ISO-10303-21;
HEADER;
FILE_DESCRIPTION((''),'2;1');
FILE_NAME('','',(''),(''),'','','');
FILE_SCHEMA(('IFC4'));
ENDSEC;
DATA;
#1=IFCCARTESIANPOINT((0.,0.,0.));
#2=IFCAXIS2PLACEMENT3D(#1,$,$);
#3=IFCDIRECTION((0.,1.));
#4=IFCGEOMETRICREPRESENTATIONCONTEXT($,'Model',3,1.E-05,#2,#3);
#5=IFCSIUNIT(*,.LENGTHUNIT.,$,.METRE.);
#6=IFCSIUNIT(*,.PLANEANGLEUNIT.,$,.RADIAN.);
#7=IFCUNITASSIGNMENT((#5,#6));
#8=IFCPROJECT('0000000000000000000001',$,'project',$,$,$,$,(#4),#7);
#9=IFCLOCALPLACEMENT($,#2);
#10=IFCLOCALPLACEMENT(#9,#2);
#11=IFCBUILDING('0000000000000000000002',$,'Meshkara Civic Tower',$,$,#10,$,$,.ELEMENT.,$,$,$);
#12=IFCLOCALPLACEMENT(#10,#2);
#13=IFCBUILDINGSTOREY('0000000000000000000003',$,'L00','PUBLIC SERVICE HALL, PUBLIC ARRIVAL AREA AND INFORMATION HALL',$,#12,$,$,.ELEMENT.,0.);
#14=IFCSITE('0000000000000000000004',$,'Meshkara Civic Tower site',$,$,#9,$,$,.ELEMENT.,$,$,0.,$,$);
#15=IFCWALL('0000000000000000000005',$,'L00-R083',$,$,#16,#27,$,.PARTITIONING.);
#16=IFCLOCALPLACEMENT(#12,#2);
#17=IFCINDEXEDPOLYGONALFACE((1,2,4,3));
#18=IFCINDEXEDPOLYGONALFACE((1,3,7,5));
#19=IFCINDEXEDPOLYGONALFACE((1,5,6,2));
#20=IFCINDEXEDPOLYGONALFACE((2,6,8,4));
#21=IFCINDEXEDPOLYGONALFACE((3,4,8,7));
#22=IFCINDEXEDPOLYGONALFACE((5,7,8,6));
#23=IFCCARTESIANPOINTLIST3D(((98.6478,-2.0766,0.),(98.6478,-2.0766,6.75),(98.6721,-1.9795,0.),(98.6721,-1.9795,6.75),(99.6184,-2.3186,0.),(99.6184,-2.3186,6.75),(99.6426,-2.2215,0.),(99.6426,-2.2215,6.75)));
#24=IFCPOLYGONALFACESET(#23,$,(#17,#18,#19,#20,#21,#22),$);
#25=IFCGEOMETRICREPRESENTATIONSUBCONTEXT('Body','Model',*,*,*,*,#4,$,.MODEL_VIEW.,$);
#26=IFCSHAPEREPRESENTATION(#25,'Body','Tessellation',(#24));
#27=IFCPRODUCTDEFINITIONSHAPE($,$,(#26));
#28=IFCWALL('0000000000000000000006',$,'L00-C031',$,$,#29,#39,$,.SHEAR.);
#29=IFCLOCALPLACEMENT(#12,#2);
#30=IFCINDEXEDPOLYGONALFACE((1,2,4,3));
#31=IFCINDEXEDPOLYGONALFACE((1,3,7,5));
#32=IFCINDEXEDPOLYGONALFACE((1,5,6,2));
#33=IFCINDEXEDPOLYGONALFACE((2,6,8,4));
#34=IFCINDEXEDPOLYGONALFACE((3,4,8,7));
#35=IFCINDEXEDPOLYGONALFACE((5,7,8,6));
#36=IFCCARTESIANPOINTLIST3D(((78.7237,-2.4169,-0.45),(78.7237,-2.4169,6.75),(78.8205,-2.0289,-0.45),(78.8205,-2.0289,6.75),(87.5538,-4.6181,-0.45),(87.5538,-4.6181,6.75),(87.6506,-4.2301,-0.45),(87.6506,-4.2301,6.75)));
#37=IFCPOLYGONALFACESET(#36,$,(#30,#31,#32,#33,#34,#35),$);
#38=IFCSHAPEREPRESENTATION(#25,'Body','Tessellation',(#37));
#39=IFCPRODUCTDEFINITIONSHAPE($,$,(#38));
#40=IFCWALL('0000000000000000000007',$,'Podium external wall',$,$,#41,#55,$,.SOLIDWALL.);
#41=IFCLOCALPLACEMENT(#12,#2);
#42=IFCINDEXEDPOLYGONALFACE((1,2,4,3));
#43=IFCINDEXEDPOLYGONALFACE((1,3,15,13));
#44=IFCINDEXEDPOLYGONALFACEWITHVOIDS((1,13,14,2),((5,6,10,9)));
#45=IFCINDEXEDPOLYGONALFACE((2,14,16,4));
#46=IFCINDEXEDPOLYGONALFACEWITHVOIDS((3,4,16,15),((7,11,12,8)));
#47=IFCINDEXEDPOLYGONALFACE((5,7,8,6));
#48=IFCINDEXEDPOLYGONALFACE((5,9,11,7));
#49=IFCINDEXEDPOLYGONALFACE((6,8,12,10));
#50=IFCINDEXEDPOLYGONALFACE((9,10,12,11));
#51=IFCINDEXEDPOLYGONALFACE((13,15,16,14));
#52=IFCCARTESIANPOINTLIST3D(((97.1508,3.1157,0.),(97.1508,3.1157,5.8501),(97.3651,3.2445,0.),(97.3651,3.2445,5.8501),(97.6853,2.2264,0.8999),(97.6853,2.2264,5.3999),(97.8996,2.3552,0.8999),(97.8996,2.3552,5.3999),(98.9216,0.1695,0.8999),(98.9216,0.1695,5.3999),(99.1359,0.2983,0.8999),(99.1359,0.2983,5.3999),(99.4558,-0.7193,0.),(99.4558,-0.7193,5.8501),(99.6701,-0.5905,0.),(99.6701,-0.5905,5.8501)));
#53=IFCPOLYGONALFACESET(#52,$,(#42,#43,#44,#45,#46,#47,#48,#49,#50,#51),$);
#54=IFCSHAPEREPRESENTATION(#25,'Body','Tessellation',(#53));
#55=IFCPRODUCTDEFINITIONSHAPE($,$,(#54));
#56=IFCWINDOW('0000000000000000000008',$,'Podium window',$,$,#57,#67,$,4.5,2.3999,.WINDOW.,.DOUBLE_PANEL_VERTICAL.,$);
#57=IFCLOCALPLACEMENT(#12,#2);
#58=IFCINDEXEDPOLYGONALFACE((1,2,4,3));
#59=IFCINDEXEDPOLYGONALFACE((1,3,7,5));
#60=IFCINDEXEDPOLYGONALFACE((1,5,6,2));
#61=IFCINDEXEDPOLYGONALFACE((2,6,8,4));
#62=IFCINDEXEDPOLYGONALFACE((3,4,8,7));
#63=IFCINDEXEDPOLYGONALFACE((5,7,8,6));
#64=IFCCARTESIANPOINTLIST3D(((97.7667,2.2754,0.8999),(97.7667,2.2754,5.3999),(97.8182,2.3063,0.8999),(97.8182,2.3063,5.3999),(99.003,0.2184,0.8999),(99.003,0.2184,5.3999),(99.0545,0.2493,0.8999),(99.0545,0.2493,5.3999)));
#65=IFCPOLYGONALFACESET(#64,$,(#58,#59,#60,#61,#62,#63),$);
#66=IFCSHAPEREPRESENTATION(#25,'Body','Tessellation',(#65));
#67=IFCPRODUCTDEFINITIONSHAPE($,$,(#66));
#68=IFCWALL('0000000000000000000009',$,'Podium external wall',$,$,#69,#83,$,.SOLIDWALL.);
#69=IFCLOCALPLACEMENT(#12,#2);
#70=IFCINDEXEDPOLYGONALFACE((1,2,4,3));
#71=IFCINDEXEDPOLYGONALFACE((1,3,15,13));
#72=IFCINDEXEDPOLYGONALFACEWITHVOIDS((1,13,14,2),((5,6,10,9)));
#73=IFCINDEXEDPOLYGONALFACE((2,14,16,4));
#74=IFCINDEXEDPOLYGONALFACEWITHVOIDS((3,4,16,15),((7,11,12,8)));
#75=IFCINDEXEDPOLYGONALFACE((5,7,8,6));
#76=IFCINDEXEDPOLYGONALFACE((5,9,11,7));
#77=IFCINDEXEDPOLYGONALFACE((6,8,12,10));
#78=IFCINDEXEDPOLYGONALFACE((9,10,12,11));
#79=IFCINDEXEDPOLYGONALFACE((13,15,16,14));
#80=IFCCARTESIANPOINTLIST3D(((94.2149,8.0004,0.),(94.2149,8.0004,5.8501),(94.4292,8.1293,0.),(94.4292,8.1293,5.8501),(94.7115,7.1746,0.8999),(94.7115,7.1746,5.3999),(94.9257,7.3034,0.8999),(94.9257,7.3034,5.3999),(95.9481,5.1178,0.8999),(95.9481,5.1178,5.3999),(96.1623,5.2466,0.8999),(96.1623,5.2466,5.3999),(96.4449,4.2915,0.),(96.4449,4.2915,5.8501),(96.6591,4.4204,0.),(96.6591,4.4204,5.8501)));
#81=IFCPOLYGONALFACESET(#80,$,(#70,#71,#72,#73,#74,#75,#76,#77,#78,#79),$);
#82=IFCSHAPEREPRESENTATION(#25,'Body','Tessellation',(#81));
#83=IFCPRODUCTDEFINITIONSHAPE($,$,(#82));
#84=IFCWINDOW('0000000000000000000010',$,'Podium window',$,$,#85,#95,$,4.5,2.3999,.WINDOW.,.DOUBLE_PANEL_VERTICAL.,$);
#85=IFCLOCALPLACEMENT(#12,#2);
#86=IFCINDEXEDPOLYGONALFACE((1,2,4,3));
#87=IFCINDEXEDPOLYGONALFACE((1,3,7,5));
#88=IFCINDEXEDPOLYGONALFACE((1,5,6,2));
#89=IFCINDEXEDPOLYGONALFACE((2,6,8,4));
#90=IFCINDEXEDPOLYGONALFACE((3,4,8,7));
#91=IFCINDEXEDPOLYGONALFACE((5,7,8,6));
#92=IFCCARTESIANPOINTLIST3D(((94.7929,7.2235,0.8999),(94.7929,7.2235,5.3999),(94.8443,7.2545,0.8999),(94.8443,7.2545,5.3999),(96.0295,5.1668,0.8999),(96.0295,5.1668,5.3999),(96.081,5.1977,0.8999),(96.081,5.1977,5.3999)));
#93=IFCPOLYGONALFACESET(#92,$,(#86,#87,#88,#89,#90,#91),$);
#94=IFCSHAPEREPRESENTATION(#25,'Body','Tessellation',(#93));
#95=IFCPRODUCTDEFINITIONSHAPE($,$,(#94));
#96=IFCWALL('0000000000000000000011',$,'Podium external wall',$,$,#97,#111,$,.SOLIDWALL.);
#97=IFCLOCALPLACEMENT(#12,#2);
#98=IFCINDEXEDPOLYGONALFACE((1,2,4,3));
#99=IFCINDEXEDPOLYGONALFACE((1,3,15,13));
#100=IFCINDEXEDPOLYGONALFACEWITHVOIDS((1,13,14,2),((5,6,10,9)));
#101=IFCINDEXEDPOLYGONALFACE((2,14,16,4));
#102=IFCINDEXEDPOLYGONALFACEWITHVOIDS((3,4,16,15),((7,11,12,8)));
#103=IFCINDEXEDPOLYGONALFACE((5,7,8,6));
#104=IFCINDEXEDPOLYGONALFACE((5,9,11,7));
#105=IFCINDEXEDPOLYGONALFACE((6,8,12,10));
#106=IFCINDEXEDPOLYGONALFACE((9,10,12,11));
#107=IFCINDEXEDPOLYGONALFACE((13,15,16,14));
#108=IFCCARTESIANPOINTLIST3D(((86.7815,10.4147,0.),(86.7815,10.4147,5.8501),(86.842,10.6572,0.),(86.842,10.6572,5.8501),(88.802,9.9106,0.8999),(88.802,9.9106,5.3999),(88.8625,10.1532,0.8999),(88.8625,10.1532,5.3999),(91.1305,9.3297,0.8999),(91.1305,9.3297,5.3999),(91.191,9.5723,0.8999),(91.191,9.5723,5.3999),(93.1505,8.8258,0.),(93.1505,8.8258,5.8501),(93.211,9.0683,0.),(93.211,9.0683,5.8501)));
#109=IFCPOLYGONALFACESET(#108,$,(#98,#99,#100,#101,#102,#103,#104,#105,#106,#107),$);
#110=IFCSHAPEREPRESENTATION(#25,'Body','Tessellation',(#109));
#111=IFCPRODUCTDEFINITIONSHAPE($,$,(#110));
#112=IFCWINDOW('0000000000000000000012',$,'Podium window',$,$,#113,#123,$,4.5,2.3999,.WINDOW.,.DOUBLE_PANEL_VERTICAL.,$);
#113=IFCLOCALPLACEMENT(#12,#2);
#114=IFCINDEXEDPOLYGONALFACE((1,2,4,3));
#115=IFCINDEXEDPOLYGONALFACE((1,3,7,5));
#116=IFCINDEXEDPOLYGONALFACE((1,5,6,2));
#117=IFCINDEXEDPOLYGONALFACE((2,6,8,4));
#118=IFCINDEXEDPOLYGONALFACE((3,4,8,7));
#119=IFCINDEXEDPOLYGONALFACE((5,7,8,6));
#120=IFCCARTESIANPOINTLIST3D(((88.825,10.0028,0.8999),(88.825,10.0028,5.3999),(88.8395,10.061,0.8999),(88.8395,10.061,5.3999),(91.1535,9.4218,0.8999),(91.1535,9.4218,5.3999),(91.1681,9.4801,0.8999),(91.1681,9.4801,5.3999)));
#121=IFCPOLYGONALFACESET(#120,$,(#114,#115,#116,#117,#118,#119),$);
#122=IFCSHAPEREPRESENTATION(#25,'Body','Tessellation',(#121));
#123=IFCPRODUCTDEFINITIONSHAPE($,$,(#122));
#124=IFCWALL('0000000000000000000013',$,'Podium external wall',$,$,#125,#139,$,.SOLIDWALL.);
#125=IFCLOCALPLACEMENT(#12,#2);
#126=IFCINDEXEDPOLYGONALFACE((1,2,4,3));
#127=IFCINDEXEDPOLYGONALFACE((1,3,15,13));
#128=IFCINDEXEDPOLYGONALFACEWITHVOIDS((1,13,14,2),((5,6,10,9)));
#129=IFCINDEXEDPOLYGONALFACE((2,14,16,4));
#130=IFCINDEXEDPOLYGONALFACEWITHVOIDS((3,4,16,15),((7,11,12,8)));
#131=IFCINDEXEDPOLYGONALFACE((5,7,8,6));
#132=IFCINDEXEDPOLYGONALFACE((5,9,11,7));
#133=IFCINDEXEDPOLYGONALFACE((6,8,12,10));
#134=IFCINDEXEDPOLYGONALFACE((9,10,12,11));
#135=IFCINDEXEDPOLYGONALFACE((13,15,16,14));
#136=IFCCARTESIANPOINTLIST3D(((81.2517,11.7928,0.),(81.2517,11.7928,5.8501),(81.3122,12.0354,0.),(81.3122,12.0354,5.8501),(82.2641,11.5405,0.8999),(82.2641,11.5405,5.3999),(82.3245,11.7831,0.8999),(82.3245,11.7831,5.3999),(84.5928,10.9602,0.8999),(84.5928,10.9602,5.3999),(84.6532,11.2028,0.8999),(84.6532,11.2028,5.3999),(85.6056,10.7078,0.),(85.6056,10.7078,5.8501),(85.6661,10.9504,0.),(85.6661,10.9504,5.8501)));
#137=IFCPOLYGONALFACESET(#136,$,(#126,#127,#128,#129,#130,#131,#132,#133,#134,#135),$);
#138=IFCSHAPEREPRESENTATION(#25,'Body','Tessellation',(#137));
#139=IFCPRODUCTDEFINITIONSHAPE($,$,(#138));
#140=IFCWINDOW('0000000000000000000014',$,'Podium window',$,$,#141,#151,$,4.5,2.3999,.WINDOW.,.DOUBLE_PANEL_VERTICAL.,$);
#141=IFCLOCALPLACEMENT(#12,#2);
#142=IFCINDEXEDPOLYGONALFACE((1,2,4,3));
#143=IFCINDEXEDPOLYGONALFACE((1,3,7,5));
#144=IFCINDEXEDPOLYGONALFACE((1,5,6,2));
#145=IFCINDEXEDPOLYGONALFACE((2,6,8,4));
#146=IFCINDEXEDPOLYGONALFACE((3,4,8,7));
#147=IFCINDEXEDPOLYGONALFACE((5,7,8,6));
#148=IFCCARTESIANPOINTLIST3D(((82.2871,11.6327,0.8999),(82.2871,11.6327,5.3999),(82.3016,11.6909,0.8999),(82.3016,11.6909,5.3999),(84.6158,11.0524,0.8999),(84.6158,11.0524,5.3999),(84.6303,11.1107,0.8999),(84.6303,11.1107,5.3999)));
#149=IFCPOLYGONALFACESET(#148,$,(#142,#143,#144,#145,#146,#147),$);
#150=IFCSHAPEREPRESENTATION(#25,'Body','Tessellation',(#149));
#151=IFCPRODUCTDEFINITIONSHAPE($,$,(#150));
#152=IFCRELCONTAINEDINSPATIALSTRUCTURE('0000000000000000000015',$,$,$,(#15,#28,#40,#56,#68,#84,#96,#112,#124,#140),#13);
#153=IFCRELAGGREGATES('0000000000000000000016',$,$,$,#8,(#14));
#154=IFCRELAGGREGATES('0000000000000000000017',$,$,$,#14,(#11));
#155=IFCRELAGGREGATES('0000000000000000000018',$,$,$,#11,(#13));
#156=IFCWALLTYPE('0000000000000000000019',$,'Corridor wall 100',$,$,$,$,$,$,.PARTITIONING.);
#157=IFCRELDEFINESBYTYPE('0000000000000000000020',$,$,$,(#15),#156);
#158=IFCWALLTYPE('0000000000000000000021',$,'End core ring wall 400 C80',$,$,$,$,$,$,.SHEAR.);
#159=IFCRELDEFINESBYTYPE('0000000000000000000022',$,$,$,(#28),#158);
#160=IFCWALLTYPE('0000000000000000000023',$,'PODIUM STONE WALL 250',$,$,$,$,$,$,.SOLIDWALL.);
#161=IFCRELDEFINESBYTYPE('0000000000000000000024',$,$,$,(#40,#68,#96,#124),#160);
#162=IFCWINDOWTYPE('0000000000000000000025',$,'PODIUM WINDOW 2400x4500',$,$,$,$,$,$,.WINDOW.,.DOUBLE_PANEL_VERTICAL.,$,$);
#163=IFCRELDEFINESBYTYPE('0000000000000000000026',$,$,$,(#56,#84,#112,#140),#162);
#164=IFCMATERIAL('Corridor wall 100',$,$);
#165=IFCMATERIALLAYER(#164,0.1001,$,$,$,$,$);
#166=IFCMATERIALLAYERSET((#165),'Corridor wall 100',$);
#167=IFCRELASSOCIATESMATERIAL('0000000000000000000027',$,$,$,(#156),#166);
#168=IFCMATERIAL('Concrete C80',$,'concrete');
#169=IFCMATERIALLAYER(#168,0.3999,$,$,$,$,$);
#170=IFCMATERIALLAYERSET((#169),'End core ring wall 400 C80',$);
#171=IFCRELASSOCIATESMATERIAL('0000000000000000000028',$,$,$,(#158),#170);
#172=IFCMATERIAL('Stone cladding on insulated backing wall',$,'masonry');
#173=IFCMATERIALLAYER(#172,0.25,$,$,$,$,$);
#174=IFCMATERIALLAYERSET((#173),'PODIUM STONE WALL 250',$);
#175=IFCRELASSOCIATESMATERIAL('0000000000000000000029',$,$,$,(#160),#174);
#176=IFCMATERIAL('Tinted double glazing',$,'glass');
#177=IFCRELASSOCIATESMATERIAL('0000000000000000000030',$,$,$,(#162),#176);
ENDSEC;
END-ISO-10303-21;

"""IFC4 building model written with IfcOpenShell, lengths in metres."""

from ifc_helpers import new_model, si_unit, direction, frame, frame_2d, origin, place, context, subcontext, project, spatial, rectangle, extrude, material, layer, layer_set, type_object, element, fill, save


model = new_model("IFC4")

# Units and contexts
model_context = context("Model", 3, precision=1e-05, world=origin(), true_north=direction((0.0, 1.0)))
body_context = subcontext(model_context, "Body", "Model", "MODEL_VIEW")
ifc_project = project(units=[si_unit("LENGTHUNIT", "METRE"), si_unit("PLANEANGLEUNIT", "RADIAN")], contexts=[model_context])

# Site, building, storey
site_placement = place(None, origin())
site = spatial("IfcSite", under=ifc_project, at=site_placement, Name="Meshkara Civic Tower site", CompositionType="ELEMENT", RefElevation=0.0)
building_placement = place(site_placement, origin())
building = spatial("IfcBuilding", under=site, at=building_placement, Name="Meshkara Civic Tower", CompositionType="ELEMENT")
storey_placement = place(building_placement, origin())
storey = spatial("IfcBuildingStorey", under=building, at=storey_placement, Name="L00", Description="PUBLIC SERVICE HALL, PUBLIC ARRIVAL AREA AND INFORMATION HALL", CompositionType="ELEMENT", Elevation=0.0)

# Shared definitions
ifc_material_1 = material(Name="Corridor wall 100")
ifc_layer_1 = layer(ifc_material_1, 0.1001)
ifc_layer_set_1 = layer_set([ifc_layer_1], Name="Corridor wall 100")
wall_type_1 = type_object("IfcWallType", Name="Corridor wall 100", PredefinedType="PARTITIONING", material=ifc_layer_set_1)

# Walls
wall_1_placement = place(storey_placement, frame((99.6304, -2.27, 0.0), z_axis=(0.0, 0.0, 1.0), x_axis=(-0.9703, 0.241904, 0.0)))
element("IfcWall", 1, at=wall_1_placement, inside=storey, type_object=wall_type_1, Name="L00-R083", PredefinedType="PARTITIONING", context=body_context, shape_type="SweptSolid", body=[
    extrude(rectangle(XDim=1.0002, YDim=0.1001, at=frame_2d((0.5, 0.0))), origin(), (0.0, 0.0, 1.0), 6.75),
])
ifc_material_2 = material(Name="Concrete C80", Category="concrete")
ifc_layer_2 = layer(ifc_material_2, 0.3999)
ifc_layer_set_2 = layer_set([ifc_layer_2], Name="End core ring wall 400 C80")
wall_type_2 = type_object("IfcWallType", Name="End core ring wall 400 C80", PredefinedType="SHEAR", material=ifc_layer_set_2)
wall_2_placement = place(storey_placement, frame((78.772, -2.2229, -0.45), z_axis=(0.0, 0.0, 1.0), x_axis=(0.970306, -0.241879, 0.0)))
element("IfcWall", 2, at=wall_2_placement, inside=storey, type_object=wall_type_2, Name="L00-C031", PredefinedType="SHEAR", context=body_context, shape_type="SweptSolid", body=[
    extrude(rectangle(XDim=9.1003, YDim=0.3999, at=frame_2d((4.5503, 0.0))), origin(), (0.0, 0.0, 1.0), 7.2),
])

# Walls, openings, windows
ifc_material_3 = material(Name="Stone cladding on insulated backing wall", Category="masonry")
ifc_layer_3 = layer(ifc_material_3, 0.25)
ifc_layer_set_3 = layer_set([ifc_layer_3], Name="PODIUM STONE WALL 250")
wall_type_3 = type_object("IfcWallType", Name="PODIUM STONE WALL 250", PredefinedType="SOLIDWALL", material=ifc_layer_set_3)
wall_3_placement = place(storey_placement, frame((99.563, -0.655, 0.0), z_axis=(0.0, 0.0, 1.0), x_axis=(-0.515146, 0.857103, 0.0)))
wall_3 = element("IfcWall", 3, at=wall_3_placement, inside=storey, type_object=wall_type_3, Name="Podium external wall", PredefinedType="SOLIDWALL", context=body_context, shape_type="SweptSolid", body=[
    extrude(rectangle(XDim=4.4744, YDim=0.25, at=frame_2d((2.2373, 0.0))), origin(), (0.0, 0.0, 1.0), 5.8501),
])
opening_1_placement = place(wall_3_placement, frame((1.0371, 0.0, 0.8999)))
opening_1 = element("IfcOpeningElement", 4, at=opening_1_placement, cuts=wall_3, PredefinedType="OPENING", context=body_context, shape_type="SweptSolid", body=[
    extrude(rectangle(XDim=2.3999, YDim=4.5, at=frame_2d((1.2, 2.25))), frame((0.0, 0.135, 0.0), z_axis=(0.0, -1.0, 0.0), x_axis=(1.0, 0.0, 0.0)), (0.0, 0.0, 1.0), 0.27),
])
ifc_material_4 = material(Name="Tinted double glazing", Category="glass")
window_type = type_object("IfcWindowType", Name="PODIUM WINDOW 2400x4500", PartitioningType="DOUBLE_PANEL_VERTICAL", PredefinedType="WINDOW", material=ifc_material_4)
window_1_placement = place(opening_1_placement, origin())
window_1 = element("IfcWindow", 5, at=window_1_placement, inside=storey, type_object=window_type, Name="Podium window", OverallHeight=4.5, OverallWidth=2.3999, PartitioningType="DOUBLE_PANEL_VERTICAL", PredefinedType="WINDOW", context=body_context, shape_type="SweptSolid", body=[
    extrude(rectangle(XDim=2.3999, YDim=4.5, at=frame_2d((1.2, 2.25))), frame((0.0, 0.03, 0.0), z_axis=(0.0, -1.0, 0.0), x_axis=(1.0, 0.0, 0.0)), (0.0, 0.0, 1.0), 0.0601),
])
fill(opening_1, window_1)
wall_4_placement = place(storey_placement, frame((96.552, 4.356, 0.0), z_axis=(0.0, 0.0, 1.0), x_axis=(-0.515275, 0.857025, 0.0)))
wall_4 = element("IfcWall", 6, at=wall_4_placement, inside=storey, type_object=wall_type_3, Name="Podium external wall", PredefinedType="SOLIDWALL", context=body_context, shape_type="SweptSolid", body=[
    extrude(rectangle(XDim=4.3276, YDim=0.25, at=frame_2d((2.1638, 0.0))), origin(), (0.0, 0.0, 1.0), 5.8501),
])
opening_2_placement = place(wall_4_placement, frame((0.9641, 0.0, 0.8999)))
opening_2 = element("IfcOpeningElement", 7, at=opening_2_placement, cuts=wall_4, PredefinedType="OPENING", context=body_context, shape_type="SweptSolid", body=[
    extrude(rectangle(XDim=2.3999, YDim=4.5, at=frame_2d((1.2, 2.25))), frame((0.0, 0.135, 0.0), z_axis=(0.0, -1.0, 0.0), x_axis=(1.0, 0.0, 0.0)), (0.0, 0.0, 1.0), 0.27),
])
window_2_placement = place(opening_2_placement, origin())
window_2 = element("IfcWindow", 8, at=window_2_placement, inside=storey, type_object=window_type, Name="Podium window", OverallHeight=4.5, OverallWidth=2.3999, PartitioningType="DOUBLE_PANEL_VERTICAL", PredefinedType="WINDOW", context=body_context, shape_type="SweptSolid", body=[
    extrude(rectangle(XDim=2.3999, YDim=4.5, at=frame_2d((1.2, 2.25))), frame((0.0, 0.03, 0.0), z_axis=(0.0, -1.0, 0.0), x_axis=(1.0, 0.0, 0.0)), (0.0, 0.0, 1.0), 0.0601),
])
fill(opening_2, window_2)
wall_5_placement = place(storey_placement, frame((93.1809, 8.947, 0.0), z_axis=(0.0, 0.0, 1.0), x_axis=(-0.970263, 0.242054, 0.0)))
wall_5 = element("IfcWall", 9, at=wall_5_placement, inside=storey, type_object=wall_type_3, Name="Podium external wall", PredefinedType="SOLIDWALL", context=body_context, shape_type="SweptSolid", body=[
    extrude(rectangle(XDim=6.5642, YDim=0.25, at=frame_2d((3.2822, 0.0))), origin(), (0.0, 0.0, 1.0), 5.8501),
])
opening_3_placement = place(wall_5_placement, frame((2.082, 0.0, 0.8999)))
opening_3 = element("IfcOpeningElement", 10, at=opening_3_placement, cuts=wall_5, PredefinedType="OPENING", context=body_context, shape_type="SweptSolid", body=[
    extrude(rectangle(XDim=2.3999, YDim=4.5, at=frame_2d((1.2, 2.25))), frame((0.0, 0.135, 0.0), z_axis=(0.0, -1.0, 0.0), x_axis=(1.0, 0.0, 0.0)), (0.0, 0.0, 1.0), 0.27),
])
window_3_placement = place(opening_3_placement, origin())
window_3 = element("IfcWindow", 11, at=window_3_placement, inside=storey, type_object=window_type, Name="Podium window", OverallHeight=4.5, OverallWidth=2.3999, PartitioningType="DOUBLE_PANEL_VERTICAL", PredefinedType="WINDOW", context=body_context, shape_type="SweptSolid", body=[
    extrude(rectangle(XDim=2.3999, YDim=4.5, at=frame_2d((1.2, 2.25))), frame((0.0, 0.03, 0.0), z_axis=(0.0, -1.0, 0.0), x_axis=(1.0, 0.0, 0.0)), (0.0, 0.0, 1.0), 0.0601),
])
fill(opening_3, window_3)
wall_6_placement = place(storey_placement, frame((85.636, 10.8291, 0.0), z_axis=(0.0, 0.0, 1.0), x_axis=(-0.970328, 0.241793, 0.0)))
wall_6 = element("IfcWall", 12, at=wall_6_placement, inside=storey, type_object=wall_type_3, Name="Podium external wall", PredefinedType="SOLIDWALL", context=body_context, shape_type="SweptSolid", body=[
    extrude(rectangle(XDim=4.4871, YDim=0.25, at=frame_2d((2.2437, 0.0))), origin(), (0.0, 0.0, 1.0), 5.8501),
])
opening_4_placement = place(wall_6_placement, frame((1.0439, 0.0, 0.8999)))
opening_4 = element("IfcOpeningElement", 13, at=opening_4_placement, cuts=wall_6, PredefinedType="OPENING", context=body_context, shape_type="SweptSolid", body=[
    extrude(rectangle(XDim=2.3999, YDim=4.5, at=frame_2d((1.2, 2.25))), frame((0.0, 0.135, 0.0), z_axis=(0.0, -1.0, 0.0), x_axis=(1.0, 0.0, 0.0)), (0.0, 0.0, 1.0), 0.27),
])
window_4_placement = place(opening_4_placement, origin())
window_4 = element("IfcWindow", 14, at=window_4_placement, inside=storey, type_object=window_type, Name="Podium window", OverallHeight=4.5, OverallWidth=2.3999, PartitioningType="DOUBLE_PANEL_VERTICAL", PredefinedType="WINDOW", context=body_context, shape_type="SweptSolid", body=[
    extrude(rectangle(XDim=2.3999, YDim=4.5, at=frame_2d((1.2, 2.25))), frame((0.0, 0.03, 0.0), z_axis=(0.0, -1.0, 0.0), x_axis=(1.0, 0.0, 0.0)), (0.0, 0.0, 1.0), 0.0601),
])
fill(opening_4, window_4)

save(model, "model.ifc")
